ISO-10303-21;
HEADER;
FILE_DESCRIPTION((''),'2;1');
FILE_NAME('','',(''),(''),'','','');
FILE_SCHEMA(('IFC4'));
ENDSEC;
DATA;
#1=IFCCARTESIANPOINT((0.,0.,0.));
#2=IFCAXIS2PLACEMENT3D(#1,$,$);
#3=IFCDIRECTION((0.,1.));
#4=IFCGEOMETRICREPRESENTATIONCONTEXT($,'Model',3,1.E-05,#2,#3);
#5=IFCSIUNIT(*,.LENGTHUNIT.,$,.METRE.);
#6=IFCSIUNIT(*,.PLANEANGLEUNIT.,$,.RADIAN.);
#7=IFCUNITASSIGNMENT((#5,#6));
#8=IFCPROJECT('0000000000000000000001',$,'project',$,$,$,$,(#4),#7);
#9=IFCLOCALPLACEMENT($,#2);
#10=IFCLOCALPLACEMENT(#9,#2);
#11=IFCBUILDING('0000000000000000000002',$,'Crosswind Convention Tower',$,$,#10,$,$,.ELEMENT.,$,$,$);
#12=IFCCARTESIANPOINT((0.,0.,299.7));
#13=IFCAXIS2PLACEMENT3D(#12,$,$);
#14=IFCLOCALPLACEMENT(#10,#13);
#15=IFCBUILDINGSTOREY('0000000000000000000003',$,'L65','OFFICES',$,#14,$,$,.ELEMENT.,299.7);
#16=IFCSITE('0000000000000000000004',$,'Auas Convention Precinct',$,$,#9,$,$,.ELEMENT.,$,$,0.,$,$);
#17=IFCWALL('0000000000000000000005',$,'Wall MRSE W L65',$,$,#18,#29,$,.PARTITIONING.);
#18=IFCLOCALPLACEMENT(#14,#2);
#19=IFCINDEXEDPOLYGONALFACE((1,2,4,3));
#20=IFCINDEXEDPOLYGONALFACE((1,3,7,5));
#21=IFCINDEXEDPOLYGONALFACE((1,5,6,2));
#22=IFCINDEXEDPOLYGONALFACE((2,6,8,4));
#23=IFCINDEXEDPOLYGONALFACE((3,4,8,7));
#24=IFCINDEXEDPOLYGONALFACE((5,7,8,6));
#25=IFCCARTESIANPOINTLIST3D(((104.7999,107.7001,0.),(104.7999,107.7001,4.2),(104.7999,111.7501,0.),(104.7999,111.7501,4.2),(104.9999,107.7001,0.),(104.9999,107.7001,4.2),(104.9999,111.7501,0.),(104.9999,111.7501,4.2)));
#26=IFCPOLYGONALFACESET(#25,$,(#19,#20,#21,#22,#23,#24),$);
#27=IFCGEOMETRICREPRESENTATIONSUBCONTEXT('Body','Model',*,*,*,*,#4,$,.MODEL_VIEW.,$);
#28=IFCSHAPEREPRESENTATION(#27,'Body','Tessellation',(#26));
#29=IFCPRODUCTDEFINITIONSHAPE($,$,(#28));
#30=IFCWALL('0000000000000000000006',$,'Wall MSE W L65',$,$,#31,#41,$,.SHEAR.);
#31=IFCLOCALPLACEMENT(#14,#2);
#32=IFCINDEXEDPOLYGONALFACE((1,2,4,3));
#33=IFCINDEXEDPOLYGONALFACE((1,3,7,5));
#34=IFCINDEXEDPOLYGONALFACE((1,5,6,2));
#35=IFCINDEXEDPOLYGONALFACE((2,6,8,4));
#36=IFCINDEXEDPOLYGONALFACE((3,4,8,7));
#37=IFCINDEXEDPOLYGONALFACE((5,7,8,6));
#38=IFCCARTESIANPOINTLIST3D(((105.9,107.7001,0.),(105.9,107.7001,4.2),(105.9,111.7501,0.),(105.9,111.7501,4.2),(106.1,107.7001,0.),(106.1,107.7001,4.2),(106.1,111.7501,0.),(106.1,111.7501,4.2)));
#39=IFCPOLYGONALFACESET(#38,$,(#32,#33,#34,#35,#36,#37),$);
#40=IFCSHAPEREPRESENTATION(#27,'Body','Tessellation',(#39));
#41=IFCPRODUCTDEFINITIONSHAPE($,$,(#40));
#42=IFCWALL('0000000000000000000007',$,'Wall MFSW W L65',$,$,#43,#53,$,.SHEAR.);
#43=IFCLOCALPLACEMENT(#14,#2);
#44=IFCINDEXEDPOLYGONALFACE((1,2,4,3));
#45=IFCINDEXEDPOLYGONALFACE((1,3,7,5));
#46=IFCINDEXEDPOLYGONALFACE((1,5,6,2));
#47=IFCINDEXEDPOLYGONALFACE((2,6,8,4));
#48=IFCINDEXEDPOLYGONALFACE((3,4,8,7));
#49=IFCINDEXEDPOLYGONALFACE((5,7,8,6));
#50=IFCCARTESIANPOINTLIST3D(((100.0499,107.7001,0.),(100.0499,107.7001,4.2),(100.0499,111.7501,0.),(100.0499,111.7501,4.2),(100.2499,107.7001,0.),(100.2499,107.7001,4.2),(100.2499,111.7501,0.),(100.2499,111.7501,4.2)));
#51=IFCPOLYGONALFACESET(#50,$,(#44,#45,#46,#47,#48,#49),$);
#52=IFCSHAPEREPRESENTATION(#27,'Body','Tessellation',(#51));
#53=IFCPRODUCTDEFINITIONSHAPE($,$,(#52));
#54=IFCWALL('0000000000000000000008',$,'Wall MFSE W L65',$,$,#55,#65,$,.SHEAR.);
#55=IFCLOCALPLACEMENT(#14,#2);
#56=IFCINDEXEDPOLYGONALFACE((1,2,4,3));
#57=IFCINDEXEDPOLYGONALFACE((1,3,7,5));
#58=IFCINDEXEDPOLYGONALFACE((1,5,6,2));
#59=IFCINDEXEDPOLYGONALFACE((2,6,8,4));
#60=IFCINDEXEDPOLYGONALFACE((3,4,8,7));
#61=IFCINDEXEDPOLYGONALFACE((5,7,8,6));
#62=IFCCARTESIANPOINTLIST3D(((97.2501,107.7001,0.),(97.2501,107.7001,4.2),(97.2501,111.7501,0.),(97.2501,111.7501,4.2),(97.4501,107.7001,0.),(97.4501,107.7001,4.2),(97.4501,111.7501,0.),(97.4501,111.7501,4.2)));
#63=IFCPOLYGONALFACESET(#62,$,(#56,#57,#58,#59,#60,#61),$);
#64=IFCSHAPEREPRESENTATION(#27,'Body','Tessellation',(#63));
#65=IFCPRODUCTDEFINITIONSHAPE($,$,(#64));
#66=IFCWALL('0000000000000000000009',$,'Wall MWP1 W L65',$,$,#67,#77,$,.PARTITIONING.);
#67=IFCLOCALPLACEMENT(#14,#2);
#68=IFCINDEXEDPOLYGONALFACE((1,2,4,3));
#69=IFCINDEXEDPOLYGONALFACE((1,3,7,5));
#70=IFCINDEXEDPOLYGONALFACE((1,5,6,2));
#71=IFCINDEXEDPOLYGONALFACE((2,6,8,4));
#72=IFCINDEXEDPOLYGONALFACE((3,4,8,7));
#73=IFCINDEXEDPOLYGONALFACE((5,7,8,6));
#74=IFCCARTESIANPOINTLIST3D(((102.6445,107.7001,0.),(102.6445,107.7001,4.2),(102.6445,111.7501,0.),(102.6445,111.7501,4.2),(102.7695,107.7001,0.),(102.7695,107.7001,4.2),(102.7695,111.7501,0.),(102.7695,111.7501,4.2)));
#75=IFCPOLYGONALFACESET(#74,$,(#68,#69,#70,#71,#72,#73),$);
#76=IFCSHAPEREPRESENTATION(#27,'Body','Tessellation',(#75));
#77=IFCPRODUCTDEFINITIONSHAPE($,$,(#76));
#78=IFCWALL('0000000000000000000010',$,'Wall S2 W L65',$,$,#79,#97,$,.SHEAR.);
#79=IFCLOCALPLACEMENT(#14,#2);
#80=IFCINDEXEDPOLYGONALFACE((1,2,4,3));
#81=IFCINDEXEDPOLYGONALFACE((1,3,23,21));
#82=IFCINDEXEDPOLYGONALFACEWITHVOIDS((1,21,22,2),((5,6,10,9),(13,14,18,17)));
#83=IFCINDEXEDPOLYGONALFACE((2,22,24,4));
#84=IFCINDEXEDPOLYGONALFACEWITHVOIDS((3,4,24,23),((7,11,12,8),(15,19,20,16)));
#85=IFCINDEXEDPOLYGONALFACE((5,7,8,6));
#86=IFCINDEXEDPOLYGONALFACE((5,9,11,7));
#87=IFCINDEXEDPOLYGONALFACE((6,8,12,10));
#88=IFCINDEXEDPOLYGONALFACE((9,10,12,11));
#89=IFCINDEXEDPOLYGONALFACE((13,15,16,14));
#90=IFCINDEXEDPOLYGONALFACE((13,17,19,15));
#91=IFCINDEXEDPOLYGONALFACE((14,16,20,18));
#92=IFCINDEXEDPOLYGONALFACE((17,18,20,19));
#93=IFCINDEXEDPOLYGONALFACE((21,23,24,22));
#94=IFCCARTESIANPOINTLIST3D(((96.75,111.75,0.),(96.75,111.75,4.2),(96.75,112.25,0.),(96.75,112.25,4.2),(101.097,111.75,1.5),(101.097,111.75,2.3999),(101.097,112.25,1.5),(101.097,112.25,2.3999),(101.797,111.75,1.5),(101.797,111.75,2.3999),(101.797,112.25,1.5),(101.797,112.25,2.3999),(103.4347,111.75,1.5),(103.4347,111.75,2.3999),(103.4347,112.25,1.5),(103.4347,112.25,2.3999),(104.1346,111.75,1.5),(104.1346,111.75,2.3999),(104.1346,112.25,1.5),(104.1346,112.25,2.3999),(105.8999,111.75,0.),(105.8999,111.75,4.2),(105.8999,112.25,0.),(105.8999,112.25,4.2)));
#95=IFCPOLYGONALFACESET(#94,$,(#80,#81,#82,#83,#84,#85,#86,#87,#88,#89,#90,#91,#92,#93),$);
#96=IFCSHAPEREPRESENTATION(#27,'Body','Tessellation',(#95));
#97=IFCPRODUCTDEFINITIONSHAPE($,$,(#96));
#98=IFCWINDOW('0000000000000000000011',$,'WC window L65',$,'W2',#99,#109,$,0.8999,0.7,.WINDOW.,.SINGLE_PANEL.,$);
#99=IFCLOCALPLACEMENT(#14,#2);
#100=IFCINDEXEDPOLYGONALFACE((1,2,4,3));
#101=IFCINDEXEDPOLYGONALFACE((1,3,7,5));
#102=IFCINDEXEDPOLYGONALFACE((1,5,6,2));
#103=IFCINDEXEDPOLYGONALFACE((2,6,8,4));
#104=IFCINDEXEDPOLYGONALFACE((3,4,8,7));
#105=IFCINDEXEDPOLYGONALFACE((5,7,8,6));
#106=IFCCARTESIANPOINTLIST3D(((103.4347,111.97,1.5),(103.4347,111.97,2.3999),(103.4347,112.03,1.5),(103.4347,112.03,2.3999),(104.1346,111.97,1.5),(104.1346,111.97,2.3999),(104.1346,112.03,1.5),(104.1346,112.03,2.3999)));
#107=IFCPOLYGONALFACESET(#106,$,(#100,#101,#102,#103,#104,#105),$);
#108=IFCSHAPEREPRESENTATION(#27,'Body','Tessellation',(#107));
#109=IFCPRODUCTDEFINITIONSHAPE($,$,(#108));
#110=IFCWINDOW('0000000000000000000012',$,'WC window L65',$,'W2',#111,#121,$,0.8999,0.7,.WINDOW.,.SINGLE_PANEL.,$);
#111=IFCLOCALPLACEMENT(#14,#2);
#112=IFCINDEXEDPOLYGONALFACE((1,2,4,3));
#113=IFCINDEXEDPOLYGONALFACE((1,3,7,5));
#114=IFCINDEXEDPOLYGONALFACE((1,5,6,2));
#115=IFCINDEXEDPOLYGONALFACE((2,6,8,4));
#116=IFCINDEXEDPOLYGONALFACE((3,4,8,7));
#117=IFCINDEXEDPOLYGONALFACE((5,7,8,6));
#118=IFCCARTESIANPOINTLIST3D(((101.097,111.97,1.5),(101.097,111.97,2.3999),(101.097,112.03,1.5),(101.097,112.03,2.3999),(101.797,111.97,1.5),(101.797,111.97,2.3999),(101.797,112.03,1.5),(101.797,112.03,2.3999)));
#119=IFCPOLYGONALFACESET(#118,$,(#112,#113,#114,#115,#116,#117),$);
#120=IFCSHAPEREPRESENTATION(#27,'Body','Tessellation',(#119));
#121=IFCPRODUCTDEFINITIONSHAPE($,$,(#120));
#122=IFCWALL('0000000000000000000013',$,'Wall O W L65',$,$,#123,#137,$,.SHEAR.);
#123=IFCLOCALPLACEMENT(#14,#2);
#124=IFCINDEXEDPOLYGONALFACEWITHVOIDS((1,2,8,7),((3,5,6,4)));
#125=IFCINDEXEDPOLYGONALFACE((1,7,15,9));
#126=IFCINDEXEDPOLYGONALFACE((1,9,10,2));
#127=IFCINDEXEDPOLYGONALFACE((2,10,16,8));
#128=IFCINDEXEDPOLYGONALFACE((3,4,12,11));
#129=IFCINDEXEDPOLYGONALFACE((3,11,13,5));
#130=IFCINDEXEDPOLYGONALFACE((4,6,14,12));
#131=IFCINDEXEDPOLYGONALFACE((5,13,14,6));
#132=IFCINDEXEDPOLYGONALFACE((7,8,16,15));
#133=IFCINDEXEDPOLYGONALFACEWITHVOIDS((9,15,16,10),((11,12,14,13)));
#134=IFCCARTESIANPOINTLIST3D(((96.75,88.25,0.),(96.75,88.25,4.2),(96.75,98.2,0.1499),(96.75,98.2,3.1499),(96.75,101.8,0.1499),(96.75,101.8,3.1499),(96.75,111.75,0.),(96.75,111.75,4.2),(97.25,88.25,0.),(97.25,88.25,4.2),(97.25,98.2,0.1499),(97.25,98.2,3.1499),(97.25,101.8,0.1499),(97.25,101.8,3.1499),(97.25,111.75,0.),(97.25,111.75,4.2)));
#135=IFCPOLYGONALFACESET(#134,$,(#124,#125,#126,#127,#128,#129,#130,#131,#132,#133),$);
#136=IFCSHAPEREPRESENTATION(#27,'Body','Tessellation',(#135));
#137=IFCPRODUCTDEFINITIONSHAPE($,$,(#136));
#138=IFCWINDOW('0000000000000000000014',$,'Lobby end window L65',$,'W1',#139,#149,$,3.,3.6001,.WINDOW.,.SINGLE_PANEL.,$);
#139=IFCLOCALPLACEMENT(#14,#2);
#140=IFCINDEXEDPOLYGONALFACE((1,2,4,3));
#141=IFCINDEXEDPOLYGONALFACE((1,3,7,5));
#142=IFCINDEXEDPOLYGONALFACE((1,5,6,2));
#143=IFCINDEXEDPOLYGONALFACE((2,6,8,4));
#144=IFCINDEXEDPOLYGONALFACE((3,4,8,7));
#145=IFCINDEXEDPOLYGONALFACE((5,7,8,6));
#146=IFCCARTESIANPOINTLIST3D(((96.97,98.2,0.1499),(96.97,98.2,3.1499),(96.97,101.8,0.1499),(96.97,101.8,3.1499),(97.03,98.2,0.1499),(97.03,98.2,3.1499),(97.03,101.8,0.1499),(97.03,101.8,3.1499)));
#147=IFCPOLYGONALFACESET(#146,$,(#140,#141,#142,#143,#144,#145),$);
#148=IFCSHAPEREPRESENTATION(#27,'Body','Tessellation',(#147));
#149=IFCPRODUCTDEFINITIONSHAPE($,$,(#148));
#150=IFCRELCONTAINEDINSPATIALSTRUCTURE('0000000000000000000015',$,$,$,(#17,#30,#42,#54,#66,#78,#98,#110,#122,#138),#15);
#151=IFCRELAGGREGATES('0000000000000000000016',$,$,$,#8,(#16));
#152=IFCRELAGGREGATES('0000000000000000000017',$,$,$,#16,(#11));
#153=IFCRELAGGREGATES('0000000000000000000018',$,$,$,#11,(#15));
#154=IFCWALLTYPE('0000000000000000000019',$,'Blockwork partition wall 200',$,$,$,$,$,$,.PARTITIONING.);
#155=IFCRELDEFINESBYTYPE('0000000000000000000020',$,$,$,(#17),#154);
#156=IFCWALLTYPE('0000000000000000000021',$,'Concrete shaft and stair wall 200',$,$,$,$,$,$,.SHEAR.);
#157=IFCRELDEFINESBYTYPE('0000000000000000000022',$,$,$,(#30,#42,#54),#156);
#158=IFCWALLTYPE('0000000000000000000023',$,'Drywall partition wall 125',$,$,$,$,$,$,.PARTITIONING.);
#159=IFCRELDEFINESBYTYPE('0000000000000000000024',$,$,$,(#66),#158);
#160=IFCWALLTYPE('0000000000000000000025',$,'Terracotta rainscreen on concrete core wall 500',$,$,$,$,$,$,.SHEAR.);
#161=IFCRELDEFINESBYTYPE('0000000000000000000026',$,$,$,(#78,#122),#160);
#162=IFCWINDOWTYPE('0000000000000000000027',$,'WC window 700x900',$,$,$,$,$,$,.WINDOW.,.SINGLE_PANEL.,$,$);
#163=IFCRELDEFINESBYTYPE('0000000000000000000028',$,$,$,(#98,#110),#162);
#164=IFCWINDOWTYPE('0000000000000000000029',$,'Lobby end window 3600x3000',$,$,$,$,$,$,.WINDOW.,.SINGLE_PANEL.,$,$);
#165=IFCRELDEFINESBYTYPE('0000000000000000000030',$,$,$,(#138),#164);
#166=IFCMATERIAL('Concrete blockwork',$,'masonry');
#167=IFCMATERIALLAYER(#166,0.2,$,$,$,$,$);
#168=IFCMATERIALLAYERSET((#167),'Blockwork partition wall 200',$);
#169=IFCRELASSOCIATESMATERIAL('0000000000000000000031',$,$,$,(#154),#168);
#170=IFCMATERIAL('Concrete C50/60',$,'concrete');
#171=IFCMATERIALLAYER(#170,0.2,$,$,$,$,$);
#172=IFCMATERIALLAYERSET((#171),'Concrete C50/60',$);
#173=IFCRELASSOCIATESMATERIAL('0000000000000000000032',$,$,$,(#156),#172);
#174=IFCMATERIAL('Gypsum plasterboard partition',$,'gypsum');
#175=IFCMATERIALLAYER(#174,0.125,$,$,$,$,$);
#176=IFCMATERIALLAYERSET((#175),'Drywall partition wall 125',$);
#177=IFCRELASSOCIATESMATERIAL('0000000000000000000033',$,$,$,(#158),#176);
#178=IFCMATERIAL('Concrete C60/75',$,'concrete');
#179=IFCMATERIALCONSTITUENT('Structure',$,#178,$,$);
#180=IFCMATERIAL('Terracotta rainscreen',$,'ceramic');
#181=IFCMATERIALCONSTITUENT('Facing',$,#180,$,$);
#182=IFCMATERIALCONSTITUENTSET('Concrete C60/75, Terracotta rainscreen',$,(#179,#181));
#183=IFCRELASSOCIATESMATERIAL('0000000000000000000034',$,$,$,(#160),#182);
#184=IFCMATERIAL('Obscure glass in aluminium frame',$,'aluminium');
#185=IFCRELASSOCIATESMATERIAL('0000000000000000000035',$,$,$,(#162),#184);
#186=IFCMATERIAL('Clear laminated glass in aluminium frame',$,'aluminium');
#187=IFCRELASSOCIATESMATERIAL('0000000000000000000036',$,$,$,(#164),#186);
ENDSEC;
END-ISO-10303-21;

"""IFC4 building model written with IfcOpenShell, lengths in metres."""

from ifc_helpers import new_model, si_unit, direction, frame, frame_2d, origin, place, context, subcontext, project, spatial, rectangle, extrude, material, layer, layer_set, constituent, constituent_set, type_object, element, fill, save


model = new_model("IFC4")

# Units and contexts
model_context = context("Model", 3, precision=1e-05, world=origin(), true_north=direction((0.0, 1.0)))
body_context = subcontext(model_context, "Body", "Model", "MODEL_VIEW")
ifc_project = project(units=[si_unit("LENGTHUNIT", "METRE"), si_unit("PLANEANGLEUNIT", "RADIAN")], contexts=[model_context])

# Site, building, storey
site_placement = place(None, origin())
site = spatial("IfcSite", under=ifc_project, at=site_placement, Name="Auas Convention Precinct", CompositionType="ELEMENT", RefElevation=0.0)
building_placement = place(site_placement, origin())
building = spatial("IfcBuilding", under=site, at=building_placement, Name="Crosswind Convention Tower", CompositionType="ELEMENT")
storey_placement = place(building_placement, frame((0.0, 0.0, 299.7)))
storey = spatial("IfcBuildingStorey", under=building, at=storey_placement, Name="L65", Description="OFFICES", CompositionType="ELEMENT", Elevation=299.7)

# Walls
ifc_material_1 = material(Name="Concrete blockwork", Category="masonry")
ifc_layer_1 = layer(ifc_material_1, 0.2)
ifc_layer_set_1 = layer_set([ifc_layer_1], Name="Blockwork partition wall 200")
wall_type_1 = type_object("IfcWallType", Name="Blockwork partition wall 200", PredefinedType="PARTITIONING", material=ifc_layer_set_1)
wall_1_placement = place(storey_placement, frame((104.8999, 111.75, 0.0), z_axis=(0.0, 0.0, 1.0), x_axis=(0.0, -1.0, 0.0)))
element("IfcWall", 1, at=wall_1_placement, inside=storey, type_object=wall_type_1, Name="Wall MRSE W L65", PredefinedType="PARTITIONING", context=body_context, shape_type="SweptSolid", body=[
    extrude(rectangle(XDim=4.05, YDim=0.2, at=frame_2d((2.0249, 0.0))), origin(), (0.0, 0.0, 1.0), 4.2),
])
ifc_material_2 = material(Name="Concrete C50/60", Category="concrete")
ifc_layer_2 = layer(ifc_material_2, 0.2)
ifc_layer_set_2 = layer_set([ifc_layer_2], Name="Concrete C50/60")
wall_type_2 = type_object("IfcWallType", Name="Concrete shaft and stair wall 200", PredefinedType="SHEAR", material=ifc_layer_set_2)
for number, where, z_axis, x_axis, name in (
    (2, (106.0, 111.75, 0.0), (0.0, 0.0, 1.0), (0.0, -1.0, 0.0), "Wall MSE W L65"),
    (3, (100.1499, 111.75, 0.0), (0.0, 0.0, 1.0), (0.0, -1.0, 0.0), "Wall MFSW W L65"),
    (4, (97.3501, 111.75, 0.0), (0.0, 0.0, 1.0), (0.0, -1.0, 0.0), "Wall MFSE W L65"),
):
    element("IfcWall", number, at=place(storey_placement, frame(where, z_axis=z_axis, x_axis=x_axis)), inside=storey, type_object=wall_type_2, Name=name, PredefinedType="SHEAR", context=body_context, shape_type="SweptSolid", body=[
        extrude(rectangle(XDim=4.05, YDim=0.2, at=frame_2d((2.0249, 0.0))), origin(), (0.0, 0.0, 1.0), 4.2),
    ])
ifc_material_3 = material(Name="Gypsum plasterboard partition", Category="gypsum")
ifc_layer_3 = layer(ifc_material_3, 0.125)
ifc_layer_set_3 = layer_set([ifc_layer_3], Name="Drywall partition wall 125")
wall_type_3 = type_object("IfcWallType", Name="Drywall partition wall 125", PredefinedType="PARTITIONING", material=ifc_layer_set_3)
wall_2_placement = place(storey_placement, frame((102.707, 111.75, 0.0), z_axis=(0.0, 0.0, 1.0), x_axis=(0.0, -1.0, 0.0)))
element("IfcWall", 5, at=wall_2_placement, inside=storey, type_object=wall_type_3, Name="Wall MWP1 W L65", PredefinedType="PARTITIONING", context=body_context, shape_type="SweptSolid", body=[
    extrude(rectangle(XDim=4.05, YDim=0.125, at=frame_2d((2.0249, 0.0))), origin(), (0.0, 0.0, 1.0), 4.2),
])

# Wall, openings, windows
ifc_material_4 = material(Name="Concrete C60/75", Category="concrete")
ifc_constituent_1 = constituent(ifc_material_4, Name="Structure")
ifc_material_5 = material(Name="Terracotta rainscreen", Category="ceramic")
ifc_constituent_2 = constituent(ifc_material_5, Name="Facing")
ifc_constituent_set = constituent_set(constituents=[ifc_constituent_1, ifc_constituent_2], Name="Concrete C60/75, Terracotta rainscreen")
wall_type_4 = type_object("IfcWallType", Name="Terracotta rainscreen on concrete core wall 500", PredefinedType="SHEAR", material=ifc_constituent_set)
wall_3_placement = place(storey_placement, frame((105.8999, 112.0, 0.0), z_axis=(0.0, 0.0, 1.0), x_axis=(-1.0, 0.0, 0.0)))
wall_3 = element("IfcWall", 6, at=wall_3_placement, inside=storey, type_object=wall_type_4, Name="Wall S2 W L65", PredefinedType="SHEAR", context=body_context, shape_type="SweptSolid", body=[
    extrude(rectangle(XDim=9.1499, YDim=0.5, at=frame_2d((4.575, 0.0))), origin(), (0.0, 0.0, 1.0), 4.2),
])
opening_1_placement = place(wall_3_placement, frame((1.7651, 0.0, 1.5)))
opening_1 = element("IfcOpeningElement", 7, at=opening_1_placement, cuts=wall_3, PredefinedType="OPENING", context=body_context, shape_type="SweptSolid", body=[
    extrude(rectangle(XDim=0.7, YDim=0.8999, at=frame_2d((0.3501, 0.45))), frame((0.0, 0.26, 0.0), z_axis=(0.0, -1.0, 0.0), x_axis=(1.0, 0.0, 0.0)), (0.0, 0.0, 1.0), 0.52),
])
opening_2_placement = place(wall_3_placement, frame((4.1028, 0.0, 1.5)))
opening_2 = element("IfcOpeningElement", 8, at=opening_2_placement, cuts=wall_3, PredefinedType="OPENING", context=body_context, shape_type="SweptSolid", body=[
    extrude(rectangle(XDim=0.7, YDim=0.8999, at=frame_2d((0.3501, 0.45))), frame((0.0, 0.26, 0.0), z_axis=(0.0, -1.0, 0.0), x_axis=(1.0, 0.0, 0.0)), (0.0, 0.0, 1.0), 0.52),
])
ifc_material_6 = material(Name="Obscure glass in aluminium frame", Category="aluminium")
window_type_1 = type_object("IfcWindowType", Name="WC window 700x900", PartitioningType="SINGLE_PANEL", PredefinedType="WINDOW", material=ifc_material_6)
window_1_placement = place(opening_1_placement, origin())
window_1 = element("IfcWindow", 9, at=window_1_placement, inside=storey, type_object=window_type_1, Name="WC window L65", ObjectType="W2", OverallHeight=0.8999, OverallWidth=0.7, PartitioningType="SINGLE_PANEL", PredefinedType="WINDOW", context=body_context, shape_type="SweptSolid", body=[
    extrude(rectangle(XDim=0.7, YDim=0.8999, at=frame_2d((0.3501, 0.45))), frame((0.0, 0.03, 0.0), z_axis=(0.0, -1.0, 0.0), x_axis=(1.0, 0.0, 0.0)), (0.0, 0.0, 1.0), 0.0601),
])
fill(opening_1, window_1)
window_2_placement = place(opening_2_placement, origin())
window_2 = element("IfcWindow", 10, at=window_2_placement, inside=storey, type_object=window_type_1, Name="WC window L65", ObjectType="W2", OverallHeight=0.8999, OverallWidth=0.7, PartitioningType="SINGLE_PANEL", PredefinedType="WINDOW", context=body_context, shape_type="SweptSolid", body=[
    extrude(rectangle(XDim=0.7, YDim=0.8999, at=frame_2d((0.3501, 0.45))), frame((0.0, 0.03, 0.0), z_axis=(0.0, -1.0, 0.0), x_axis=(1.0, 0.0, 0.0)), (0.0, 0.0, 1.0), 0.0601),
])
fill(opening_2, window_2)

# Wall, opening, window
wall_4_placement = place(storey_placement, frame((97.0, 111.75, 0.0), z_axis=(0.0, 0.0, 1.0), x_axis=(0.0, -1.0, 0.0)))
wall_4 = element("IfcWall", 11, at=wall_4_placement, inside=storey, type_object=wall_type_4, Name="Wall O W L65", PredefinedType="SHEAR", context=body_context, shape_type="SweptSolid", body=[
    extrude(rectangle(XDim=23.5, YDim=0.5, at=frame_2d((11.75, 0.0))), origin(), (0.0, 0.0, 1.0), 4.2),
])
opening_3_placement = place(wall_4_placement, frame((9.95, 0.0, 0.1499)))
opening_3 = element("IfcOpeningElement", 12, at=opening_3_placement, cuts=wall_4, PredefinedType="OPENING", context=body_context, shape_type="SweptSolid", body=[
    extrude(rectangle(XDim=3.6001, YDim=3.0, at=frame_2d((1.8, 1.5))), frame((0.0, 0.26, 0.0), z_axis=(0.0, -1.0, 0.0), x_axis=(1.0, 0.0, 0.0)), (0.0, 0.0, 1.0), 0.52),
])
ifc_material_7 = material(Name="Clear laminated glass in aluminium frame", Category="aluminium")
window_type_2 = type_object("IfcWindowType", Name="Lobby end window 3600x3000", PartitioningType="SINGLE_PANEL", PredefinedType="WINDOW", material=ifc_material_7)
window_3_placement = place(opening_3_placement, origin())
window_3 = element("IfcWindow", 13, at=window_3_placement, inside=storey, type_object=window_type_2, Name="Lobby end window L65", ObjectType="W1", OverallHeight=3.0, OverallWidth=3.6001, PartitioningType="SINGLE_PANEL", PredefinedType="WINDOW", context=body_context, shape_type="SweptSolid", body=[
    extrude(rectangle(XDim=3.6001, YDim=3.0, at=frame_2d((1.8, 1.5))), frame((0.0, 0.03, 0.0), z_axis=(0.0, -1.0, 0.0), x_axis=(1.0, 0.0, 0.0)), (0.0, 0.0, 1.0), 0.0601),
])
fill(opening_3, window_3)

save(model, "model.ifc")
